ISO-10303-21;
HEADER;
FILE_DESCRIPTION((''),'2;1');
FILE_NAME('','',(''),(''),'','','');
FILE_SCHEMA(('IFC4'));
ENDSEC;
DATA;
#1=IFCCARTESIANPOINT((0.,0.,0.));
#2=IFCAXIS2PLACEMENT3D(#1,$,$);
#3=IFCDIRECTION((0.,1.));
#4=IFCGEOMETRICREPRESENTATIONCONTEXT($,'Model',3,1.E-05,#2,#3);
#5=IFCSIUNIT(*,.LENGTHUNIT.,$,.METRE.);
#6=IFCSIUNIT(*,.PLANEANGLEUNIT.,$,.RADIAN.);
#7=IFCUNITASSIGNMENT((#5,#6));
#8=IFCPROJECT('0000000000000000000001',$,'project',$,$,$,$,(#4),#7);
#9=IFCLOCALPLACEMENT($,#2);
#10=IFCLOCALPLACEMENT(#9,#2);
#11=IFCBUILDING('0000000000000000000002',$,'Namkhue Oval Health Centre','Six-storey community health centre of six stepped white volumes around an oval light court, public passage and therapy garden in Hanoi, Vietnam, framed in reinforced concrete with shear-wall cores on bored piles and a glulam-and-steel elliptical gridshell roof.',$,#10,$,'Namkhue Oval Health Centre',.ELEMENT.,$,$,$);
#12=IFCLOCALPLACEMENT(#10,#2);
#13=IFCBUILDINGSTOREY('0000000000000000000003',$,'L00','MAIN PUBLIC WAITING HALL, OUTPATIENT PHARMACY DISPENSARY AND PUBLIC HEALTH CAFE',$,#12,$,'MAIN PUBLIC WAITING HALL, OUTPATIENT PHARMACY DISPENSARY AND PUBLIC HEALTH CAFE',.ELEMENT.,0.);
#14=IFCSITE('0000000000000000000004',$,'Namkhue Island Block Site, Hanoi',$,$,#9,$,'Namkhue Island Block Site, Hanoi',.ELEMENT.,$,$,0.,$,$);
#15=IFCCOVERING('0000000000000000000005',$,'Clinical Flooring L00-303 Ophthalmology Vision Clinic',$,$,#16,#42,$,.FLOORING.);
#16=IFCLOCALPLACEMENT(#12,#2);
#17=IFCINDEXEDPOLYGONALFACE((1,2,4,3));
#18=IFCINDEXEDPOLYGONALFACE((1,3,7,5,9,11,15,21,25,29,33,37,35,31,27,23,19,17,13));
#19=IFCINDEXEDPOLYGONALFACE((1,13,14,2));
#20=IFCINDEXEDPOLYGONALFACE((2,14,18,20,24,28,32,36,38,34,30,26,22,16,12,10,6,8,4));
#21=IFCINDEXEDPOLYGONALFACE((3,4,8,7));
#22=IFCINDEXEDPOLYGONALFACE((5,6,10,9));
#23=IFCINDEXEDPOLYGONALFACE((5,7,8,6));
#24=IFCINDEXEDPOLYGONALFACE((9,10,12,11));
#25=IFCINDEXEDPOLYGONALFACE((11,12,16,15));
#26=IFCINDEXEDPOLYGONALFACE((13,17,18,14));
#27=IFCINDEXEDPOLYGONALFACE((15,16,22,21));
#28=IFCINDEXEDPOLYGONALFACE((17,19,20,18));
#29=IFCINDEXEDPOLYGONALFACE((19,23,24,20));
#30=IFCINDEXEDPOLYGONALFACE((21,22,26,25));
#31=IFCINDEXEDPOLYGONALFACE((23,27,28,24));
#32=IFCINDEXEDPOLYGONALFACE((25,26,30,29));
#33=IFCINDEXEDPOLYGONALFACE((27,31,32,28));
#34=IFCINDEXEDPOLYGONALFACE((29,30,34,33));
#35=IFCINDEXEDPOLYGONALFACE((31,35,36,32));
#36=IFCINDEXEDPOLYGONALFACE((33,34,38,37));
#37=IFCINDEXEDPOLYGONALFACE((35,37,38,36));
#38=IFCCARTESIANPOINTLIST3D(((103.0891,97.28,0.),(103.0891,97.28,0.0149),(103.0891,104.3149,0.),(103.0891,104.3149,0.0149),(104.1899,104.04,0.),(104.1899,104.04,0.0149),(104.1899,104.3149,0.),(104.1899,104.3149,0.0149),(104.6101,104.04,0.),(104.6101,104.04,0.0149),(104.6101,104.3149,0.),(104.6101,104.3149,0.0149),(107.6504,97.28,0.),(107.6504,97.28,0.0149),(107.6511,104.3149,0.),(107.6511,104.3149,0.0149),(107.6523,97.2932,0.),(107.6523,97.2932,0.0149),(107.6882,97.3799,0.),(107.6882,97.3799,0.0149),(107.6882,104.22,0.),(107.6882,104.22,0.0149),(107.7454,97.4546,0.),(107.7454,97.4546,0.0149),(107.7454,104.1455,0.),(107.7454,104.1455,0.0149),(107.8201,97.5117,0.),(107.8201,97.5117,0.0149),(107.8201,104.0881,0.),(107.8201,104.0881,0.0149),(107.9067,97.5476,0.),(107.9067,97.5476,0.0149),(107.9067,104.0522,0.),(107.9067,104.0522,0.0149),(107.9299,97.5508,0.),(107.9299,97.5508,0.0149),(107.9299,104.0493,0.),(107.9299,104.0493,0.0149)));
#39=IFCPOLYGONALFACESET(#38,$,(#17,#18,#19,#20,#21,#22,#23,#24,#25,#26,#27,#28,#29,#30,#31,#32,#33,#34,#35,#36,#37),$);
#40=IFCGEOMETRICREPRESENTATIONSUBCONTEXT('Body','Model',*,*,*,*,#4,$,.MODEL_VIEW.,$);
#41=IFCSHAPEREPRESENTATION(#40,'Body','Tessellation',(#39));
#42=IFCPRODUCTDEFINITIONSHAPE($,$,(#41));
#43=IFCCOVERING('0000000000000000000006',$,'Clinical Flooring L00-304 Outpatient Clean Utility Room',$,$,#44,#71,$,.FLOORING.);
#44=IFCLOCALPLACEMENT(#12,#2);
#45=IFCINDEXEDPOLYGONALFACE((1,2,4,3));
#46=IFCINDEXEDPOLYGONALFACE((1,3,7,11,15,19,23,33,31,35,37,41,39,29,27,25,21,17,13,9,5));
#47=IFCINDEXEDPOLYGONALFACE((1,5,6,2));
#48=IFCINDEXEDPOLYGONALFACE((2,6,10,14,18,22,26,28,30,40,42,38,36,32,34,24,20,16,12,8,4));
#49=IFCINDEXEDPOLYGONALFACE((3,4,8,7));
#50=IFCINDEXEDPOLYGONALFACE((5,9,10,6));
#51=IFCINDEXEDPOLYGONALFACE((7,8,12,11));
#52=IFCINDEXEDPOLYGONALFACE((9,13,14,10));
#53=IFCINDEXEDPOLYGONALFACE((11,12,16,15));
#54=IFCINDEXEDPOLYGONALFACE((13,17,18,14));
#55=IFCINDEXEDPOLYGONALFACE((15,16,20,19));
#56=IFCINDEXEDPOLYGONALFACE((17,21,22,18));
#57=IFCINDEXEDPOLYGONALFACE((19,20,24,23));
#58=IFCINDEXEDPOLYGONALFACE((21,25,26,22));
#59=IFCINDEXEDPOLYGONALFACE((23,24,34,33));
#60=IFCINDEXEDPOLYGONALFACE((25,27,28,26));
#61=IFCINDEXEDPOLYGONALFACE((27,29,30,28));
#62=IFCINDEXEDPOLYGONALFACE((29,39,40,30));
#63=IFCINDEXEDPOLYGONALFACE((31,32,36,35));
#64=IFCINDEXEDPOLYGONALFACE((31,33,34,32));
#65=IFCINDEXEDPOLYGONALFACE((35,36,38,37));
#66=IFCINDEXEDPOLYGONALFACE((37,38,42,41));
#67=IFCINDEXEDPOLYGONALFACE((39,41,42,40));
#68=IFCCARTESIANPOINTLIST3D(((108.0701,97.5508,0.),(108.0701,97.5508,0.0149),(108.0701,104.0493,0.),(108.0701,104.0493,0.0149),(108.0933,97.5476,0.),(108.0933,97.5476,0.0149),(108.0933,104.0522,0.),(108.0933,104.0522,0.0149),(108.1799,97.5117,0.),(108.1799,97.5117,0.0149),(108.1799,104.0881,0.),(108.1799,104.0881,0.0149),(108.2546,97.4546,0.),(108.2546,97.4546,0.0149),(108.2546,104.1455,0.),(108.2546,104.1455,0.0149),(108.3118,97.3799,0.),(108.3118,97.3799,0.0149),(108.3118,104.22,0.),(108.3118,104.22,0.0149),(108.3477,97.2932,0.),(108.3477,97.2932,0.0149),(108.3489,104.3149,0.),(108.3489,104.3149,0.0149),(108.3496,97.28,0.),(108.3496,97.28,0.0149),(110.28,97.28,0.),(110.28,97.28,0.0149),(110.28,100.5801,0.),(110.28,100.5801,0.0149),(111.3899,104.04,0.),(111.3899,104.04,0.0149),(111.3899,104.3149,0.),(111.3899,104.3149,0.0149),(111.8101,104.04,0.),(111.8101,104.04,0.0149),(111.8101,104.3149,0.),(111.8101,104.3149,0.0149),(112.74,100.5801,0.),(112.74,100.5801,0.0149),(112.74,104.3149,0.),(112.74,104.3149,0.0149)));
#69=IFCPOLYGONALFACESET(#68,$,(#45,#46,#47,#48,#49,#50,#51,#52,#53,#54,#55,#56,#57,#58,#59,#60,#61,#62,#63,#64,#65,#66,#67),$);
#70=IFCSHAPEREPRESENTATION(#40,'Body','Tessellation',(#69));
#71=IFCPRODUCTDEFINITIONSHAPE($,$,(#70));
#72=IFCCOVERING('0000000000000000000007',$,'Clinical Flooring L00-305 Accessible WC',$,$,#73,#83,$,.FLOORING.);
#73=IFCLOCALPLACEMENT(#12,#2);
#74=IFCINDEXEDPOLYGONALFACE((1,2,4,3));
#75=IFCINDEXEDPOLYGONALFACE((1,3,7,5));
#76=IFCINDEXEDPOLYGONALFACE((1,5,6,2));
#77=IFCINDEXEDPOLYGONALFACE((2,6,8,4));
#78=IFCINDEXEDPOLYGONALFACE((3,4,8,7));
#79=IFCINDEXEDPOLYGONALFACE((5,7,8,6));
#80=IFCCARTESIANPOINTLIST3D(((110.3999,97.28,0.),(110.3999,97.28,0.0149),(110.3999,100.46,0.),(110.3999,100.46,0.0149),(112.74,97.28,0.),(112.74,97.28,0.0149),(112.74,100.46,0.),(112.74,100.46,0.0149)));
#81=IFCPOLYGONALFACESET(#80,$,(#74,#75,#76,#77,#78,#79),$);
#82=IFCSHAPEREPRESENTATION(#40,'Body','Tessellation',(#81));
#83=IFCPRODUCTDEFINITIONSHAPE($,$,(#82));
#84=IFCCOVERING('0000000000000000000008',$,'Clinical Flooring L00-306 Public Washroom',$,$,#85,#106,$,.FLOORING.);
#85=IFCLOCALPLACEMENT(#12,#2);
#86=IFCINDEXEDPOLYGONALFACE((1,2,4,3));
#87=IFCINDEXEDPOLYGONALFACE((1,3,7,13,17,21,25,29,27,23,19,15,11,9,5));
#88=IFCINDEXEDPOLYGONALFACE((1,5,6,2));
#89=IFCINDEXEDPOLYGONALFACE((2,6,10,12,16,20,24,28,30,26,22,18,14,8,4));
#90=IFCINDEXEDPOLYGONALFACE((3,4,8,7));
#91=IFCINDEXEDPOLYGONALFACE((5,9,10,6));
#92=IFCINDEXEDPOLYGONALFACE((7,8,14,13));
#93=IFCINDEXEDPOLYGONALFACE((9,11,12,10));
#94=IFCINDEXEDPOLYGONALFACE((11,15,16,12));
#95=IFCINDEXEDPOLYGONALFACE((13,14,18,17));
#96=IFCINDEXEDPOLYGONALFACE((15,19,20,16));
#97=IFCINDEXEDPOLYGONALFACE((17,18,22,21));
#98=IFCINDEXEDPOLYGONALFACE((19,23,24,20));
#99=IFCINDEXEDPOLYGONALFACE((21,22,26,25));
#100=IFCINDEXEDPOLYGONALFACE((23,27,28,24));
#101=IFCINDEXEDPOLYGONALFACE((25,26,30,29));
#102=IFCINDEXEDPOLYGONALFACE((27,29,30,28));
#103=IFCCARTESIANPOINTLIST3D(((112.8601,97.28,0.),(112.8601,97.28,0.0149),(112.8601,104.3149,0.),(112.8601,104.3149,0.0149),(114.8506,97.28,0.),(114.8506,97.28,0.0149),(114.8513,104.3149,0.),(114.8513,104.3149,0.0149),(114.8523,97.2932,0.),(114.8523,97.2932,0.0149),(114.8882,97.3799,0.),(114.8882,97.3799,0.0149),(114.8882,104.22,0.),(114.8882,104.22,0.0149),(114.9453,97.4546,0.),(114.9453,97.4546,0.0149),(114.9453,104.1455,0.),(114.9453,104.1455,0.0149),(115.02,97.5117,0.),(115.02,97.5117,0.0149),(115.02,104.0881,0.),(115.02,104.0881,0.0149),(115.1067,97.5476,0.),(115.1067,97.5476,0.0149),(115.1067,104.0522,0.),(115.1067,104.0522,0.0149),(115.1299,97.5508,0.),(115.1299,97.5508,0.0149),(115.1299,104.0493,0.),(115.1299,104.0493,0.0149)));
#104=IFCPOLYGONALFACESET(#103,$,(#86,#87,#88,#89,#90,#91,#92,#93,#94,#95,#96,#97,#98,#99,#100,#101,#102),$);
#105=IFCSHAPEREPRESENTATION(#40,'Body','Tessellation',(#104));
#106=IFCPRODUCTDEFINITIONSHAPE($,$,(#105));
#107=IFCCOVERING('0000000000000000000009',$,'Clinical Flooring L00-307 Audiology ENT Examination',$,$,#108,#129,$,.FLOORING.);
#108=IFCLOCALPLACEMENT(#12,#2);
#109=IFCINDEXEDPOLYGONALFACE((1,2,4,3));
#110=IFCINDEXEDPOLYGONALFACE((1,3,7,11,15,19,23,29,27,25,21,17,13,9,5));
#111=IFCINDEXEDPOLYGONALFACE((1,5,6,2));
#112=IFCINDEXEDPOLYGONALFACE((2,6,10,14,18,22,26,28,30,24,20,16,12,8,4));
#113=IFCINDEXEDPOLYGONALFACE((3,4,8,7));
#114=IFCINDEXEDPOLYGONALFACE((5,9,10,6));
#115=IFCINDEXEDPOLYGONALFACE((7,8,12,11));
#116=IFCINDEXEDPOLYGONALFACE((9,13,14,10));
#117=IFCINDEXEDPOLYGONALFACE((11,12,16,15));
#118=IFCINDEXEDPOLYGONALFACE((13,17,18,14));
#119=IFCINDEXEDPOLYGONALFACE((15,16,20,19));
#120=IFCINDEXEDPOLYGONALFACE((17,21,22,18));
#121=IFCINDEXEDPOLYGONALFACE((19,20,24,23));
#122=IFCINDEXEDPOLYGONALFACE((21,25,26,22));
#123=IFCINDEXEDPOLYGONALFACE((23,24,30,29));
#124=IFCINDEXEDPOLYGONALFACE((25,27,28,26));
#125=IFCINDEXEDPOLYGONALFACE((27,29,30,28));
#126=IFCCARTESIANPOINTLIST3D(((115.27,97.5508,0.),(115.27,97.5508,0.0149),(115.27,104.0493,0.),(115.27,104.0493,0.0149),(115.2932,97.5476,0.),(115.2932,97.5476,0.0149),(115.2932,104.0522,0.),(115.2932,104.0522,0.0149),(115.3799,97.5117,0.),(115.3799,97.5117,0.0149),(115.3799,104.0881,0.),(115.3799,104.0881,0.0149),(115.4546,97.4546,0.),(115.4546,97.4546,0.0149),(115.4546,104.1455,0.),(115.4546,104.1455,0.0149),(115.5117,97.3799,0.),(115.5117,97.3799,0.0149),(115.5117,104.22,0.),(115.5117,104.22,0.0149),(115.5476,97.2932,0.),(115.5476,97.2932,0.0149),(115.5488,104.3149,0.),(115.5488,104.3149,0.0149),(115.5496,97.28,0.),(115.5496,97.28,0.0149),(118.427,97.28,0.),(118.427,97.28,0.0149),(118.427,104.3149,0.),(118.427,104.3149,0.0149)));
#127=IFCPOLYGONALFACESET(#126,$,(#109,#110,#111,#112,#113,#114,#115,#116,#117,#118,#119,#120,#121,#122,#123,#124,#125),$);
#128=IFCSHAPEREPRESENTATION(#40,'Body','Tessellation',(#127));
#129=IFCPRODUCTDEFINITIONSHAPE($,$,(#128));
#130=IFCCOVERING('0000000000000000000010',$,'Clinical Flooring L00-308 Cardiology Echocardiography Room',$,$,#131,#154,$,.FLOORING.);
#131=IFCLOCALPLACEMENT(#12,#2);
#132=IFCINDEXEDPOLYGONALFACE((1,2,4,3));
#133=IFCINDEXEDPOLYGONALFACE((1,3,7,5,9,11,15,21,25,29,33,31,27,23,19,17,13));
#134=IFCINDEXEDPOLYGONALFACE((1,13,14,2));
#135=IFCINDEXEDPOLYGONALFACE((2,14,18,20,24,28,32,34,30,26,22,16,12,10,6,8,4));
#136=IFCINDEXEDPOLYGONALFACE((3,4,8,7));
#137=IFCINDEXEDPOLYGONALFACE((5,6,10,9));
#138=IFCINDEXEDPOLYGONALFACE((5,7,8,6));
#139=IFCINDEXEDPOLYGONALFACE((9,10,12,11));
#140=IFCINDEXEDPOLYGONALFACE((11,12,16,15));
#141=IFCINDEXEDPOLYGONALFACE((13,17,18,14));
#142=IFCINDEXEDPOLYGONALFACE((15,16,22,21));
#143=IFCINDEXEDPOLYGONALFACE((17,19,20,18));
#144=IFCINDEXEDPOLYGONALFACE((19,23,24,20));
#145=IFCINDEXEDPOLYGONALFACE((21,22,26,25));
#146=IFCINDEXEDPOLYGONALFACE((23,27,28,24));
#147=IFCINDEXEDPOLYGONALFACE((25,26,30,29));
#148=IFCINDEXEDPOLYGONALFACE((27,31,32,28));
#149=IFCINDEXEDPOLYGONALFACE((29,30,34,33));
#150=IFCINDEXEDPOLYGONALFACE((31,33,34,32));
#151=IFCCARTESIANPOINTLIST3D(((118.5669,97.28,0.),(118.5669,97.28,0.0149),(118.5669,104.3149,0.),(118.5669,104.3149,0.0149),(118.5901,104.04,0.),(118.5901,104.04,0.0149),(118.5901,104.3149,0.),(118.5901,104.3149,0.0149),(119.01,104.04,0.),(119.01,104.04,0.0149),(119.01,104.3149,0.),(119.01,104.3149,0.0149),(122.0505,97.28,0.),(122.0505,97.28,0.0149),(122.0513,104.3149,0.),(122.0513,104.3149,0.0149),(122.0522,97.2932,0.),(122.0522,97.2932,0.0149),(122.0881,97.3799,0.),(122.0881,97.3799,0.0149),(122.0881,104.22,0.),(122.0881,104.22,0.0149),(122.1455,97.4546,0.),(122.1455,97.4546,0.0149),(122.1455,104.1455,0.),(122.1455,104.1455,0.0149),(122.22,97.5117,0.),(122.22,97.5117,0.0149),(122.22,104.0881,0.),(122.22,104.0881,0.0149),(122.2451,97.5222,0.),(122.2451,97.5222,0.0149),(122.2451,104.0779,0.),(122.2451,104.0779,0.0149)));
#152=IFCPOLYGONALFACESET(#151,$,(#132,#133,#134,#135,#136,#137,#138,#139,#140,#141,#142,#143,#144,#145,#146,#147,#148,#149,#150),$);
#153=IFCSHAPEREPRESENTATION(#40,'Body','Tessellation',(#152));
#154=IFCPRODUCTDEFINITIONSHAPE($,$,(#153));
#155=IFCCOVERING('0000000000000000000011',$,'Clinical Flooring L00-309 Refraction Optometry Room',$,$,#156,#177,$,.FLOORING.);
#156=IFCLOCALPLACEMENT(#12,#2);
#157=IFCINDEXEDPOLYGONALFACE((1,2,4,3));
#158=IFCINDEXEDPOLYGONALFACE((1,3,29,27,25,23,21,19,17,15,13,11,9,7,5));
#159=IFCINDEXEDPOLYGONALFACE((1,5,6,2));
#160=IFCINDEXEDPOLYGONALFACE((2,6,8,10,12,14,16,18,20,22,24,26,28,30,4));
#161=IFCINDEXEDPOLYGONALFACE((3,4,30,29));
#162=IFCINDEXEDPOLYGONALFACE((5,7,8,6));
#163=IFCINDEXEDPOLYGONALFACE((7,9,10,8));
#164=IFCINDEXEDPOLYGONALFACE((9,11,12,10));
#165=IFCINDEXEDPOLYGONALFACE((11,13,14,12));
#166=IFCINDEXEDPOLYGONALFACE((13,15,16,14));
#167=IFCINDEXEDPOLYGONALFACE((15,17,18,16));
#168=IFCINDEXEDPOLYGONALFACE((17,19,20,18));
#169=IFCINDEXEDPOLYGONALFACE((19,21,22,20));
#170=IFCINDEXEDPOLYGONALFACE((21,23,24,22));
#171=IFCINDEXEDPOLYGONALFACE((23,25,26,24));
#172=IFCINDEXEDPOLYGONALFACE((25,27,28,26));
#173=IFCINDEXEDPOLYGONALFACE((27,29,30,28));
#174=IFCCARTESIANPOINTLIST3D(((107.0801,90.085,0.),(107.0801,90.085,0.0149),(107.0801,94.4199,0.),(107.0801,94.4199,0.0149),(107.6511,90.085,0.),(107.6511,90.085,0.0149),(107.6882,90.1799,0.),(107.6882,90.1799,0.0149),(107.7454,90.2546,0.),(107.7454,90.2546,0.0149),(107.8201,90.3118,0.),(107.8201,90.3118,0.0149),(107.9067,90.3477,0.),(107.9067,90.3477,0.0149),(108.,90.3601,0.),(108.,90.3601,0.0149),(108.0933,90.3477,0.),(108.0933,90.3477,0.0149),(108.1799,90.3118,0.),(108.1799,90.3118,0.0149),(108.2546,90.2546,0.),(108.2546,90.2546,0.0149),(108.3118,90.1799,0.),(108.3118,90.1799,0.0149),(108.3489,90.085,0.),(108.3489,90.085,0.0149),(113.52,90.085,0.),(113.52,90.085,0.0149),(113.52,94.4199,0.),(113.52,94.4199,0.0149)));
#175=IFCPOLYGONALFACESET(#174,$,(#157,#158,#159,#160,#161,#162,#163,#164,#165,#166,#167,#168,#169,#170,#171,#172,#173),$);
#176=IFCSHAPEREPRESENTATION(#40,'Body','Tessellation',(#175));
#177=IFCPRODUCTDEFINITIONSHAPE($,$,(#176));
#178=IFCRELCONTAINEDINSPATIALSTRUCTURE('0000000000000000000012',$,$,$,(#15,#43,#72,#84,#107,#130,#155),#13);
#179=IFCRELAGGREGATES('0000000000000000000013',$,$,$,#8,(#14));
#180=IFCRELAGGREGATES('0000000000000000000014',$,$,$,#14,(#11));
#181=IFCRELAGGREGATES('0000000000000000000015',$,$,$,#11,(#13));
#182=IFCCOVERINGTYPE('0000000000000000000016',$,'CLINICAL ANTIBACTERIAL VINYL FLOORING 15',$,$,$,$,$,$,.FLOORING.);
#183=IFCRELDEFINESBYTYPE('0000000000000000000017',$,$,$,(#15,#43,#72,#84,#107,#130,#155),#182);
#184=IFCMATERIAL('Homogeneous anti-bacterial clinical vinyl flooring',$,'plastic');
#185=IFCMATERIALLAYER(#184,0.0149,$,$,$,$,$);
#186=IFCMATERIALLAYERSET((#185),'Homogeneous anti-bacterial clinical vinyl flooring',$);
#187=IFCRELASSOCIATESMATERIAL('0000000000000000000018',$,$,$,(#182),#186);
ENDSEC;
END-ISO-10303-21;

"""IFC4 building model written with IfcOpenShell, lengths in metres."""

from ifc_helpers import new_model, si_unit, direction, origin, place, context, subcontext, project, spatial, polyline, outline, extrude, material, layer, layer_set, type_object, element, save


model = new_model("IFC4")

# Units and contexts
model_context = context("Model", 3, precision=1e-05, world=origin(), true_north=direction((0.0, 1.0)))
body_context = subcontext(model_context, "Body", "Model", "MODEL_VIEW")
ifc_project = project(units=[si_unit("LENGTHUNIT", "METRE"), si_unit("PLANEANGLEUNIT", "RADIAN")], contexts=[model_context])

# Site, building, storey
site_placement = place(None, origin())
site = spatial("IfcSite", under=ifc_project, at=site_placement, Name="Namkhue Island Block Site, Hanoi", LongName="Namkhue Island Block Site, Hanoi", CompositionType="ELEMENT", RefElevation=0.0)
building_placement = place(site_placement, origin())
building = spatial("IfcBuilding", under=site, at=building_placement, Name="Namkhue Oval Health Centre", Description="Six-storey community health centre of six stepped white volumes around an oval light court, public passage and therapy garden in Hanoi, Vietnam, framed in reinforced concrete with shear-wall cores on bored piles and a glulam-and-steel elliptical gridshell roof.", LongName="Namkhue Oval Health Centre", CompositionType="ELEMENT")
storey_placement = place(building_placement, origin())
storey = spatial("IfcBuildingStorey", under=building, at=storey_placement, Name="L00", Description="MAIN PUBLIC WAITING HALL, OUTPATIENT PHARMACY DISPENSARY AND PUBLIC HEALTH CAFE", LongName="MAIN PUBLIC WAITING HALL, OUTPATIENT PHARMACY DISPENSARY AND PUBLIC HEALTH CAFE", CompositionType="ELEMENT", Elevation=0.0)

# Coverings
ifc_material_1 = material(Name="Homogeneous anti-bacterial clinical vinyl flooring", Category="plastic")
ifc_layer_1 = layer(ifc_material_1, 0.0149)
ifc_layer_set_1 = layer_set([ifc_layer_1], Name="Homogeneous anti-bacterial clinical vinyl flooring")
covering_type = type_object("IfcCoveringType", Name="CLINICAL ANTIBACTERIAL VINYL FLOORING 15", PredefinedType="FLOORING", material=ifc_layer_set_1)
covering_1_placement = place(storey_placement, origin())
element("IfcCovering", 1, at=covering_1_placement, inside=storey, type_object=covering_type, Name="Clinical Flooring L00-303 Ophthalmology Vision Clinic", PredefinedType="FLOORING", context=body_context, shape_type="SweptSolid", body=[
    extrude(outline(polyline([(103.0891, 97.28), (103.0891, 104.3149), (104.1899, 104.3149), (104.1899, 104.04), (104.6101, 104.04), (104.6101, 104.3149), (107.6511, 104.3149), (107.6882, 104.22), (107.7454, 104.1455), (107.8201, 104.0881), (107.9067, 104.0522), (107.9299, 104.0493), (107.9299, 97.5508), (107.9067, 97.5476), (107.8201, 97.5117), (107.7454, 97.4546), (107.6882, 97.3799), (107.6523, 97.2932), (107.6504, 97.28), (103.0891, 97.28)])), origin(), (0.0, 0.0, 1.0), 0.0149),
])
covering_2_placement = place(storey_placement, origin())
element("IfcCovering", 2, at=covering_2_placement, inside=storey, type_object=covering_type, Name="Clinical Flooring L00-304 Outpatient Clean Utility Room", PredefinedType="FLOORING", context=body_context, shape_type="SweptSolid", body=[
    extrude(outline(polyline([(111.3899, 104.3149), (111.3899, 104.04), (111.8101, 104.04), (111.8101, 104.3149), (112.74, 104.3149), (112.74, 100.5801), (110.28, 100.5801), (110.28, 97.28), (108.3496, 97.28), (108.3477, 97.2932), (108.3118, 97.3799), (108.2546, 97.4546), (108.1799, 97.5117), (108.0933, 97.5476), (108.0701, 97.5508), (108.0701, 104.0493), (108.0933, 104.0522), (108.1799, 104.0881), (108.2546, 104.1455), (108.3118, 104.22), (108.3489, 104.3149), (111.3899, 104.3149)])), origin(), (0.0, 0.0, 1.0), 0.0149),
])
covering_3_placement = place(storey_placement, origin())
element("IfcCovering", 3, at=covering_3_placement, inside=storey, type_object=covering_type, Name="Clinical Flooring L00-305 Accessible WC", PredefinedType="FLOORING", context=body_context, shape_type="SweptSolid", body=[
    extrude(outline(polyline([(112.74, 100.46), (112.74, 97.28), (110.3999, 97.28), (110.3999, 100.46), (112.74, 100.46)])), origin(), (0.0, 0.0, 1.0), 0.0149),
])
covering_4_placement = place(storey_placement, origin())
element("IfcCovering", 4, at=covering_4_placement, inside=storey, type_object=covering_type, Name="Clinical Flooring L00-306 Public Washroom", PredefinedType="FLOORING", context=body_context, shape_type="SweptSolid", body=[
    extrude(outline(polyline([(112.8601, 97.28), (112.8601, 104.3149), (114.8513, 104.3149), (114.8882, 104.22), (114.9453, 104.1455), (115.02, 104.0881), (115.1067, 104.0522), (115.1299, 104.0493), (115.1299, 97.5508), (115.1067, 97.5476), (115.02, 97.5117), (114.9453, 97.4546), (114.8882, 97.3799), (114.8523, 97.2932), (114.8506, 97.28), (112.8601, 97.28)])), origin(), (0.0, 0.0, 1.0), 0.0149),
])
covering_5_placement = place(storey_placement, origin())
element("IfcCovering", 5, at=covering_5_placement, inside=storey, type_object=covering_type, Name="Clinical Flooring L00-307 Audiology ENT Examination", PredefinedType="FLOORING", context=body_context, shape_type="SweptSolid", body=[
    extrude(outline(polyline([(115.5496, 97.28), (115.5476, 97.2932), (115.5117, 97.3799), (115.4546, 97.4546), (115.3799, 97.5117), (115.2932, 97.5476), (115.27, 97.5508), (115.27, 104.0493), (115.2932, 104.0522), (115.3799, 104.0881), (115.4546, 104.1455), (115.5117, 104.22), (115.5488, 104.3149), (118.427, 104.3149), (118.427, 97.28), (115.5496, 97.28)])), origin(), (0.0, 0.0, 1.0), 0.0149),
])
covering_6_placement = place(storey_placement, origin())
element("IfcCovering", 6, at=covering_6_placement, inside=storey, type_object=covering_type, Name="Clinical Flooring L00-308 Cardiology Echocardiography Room", PredefinedType="FLOORING", context=body_context, shape_type="SweptSolid", body=[
    extrude(outline(polyline([(118.5669, 97.28), (118.5669, 104.3149), (118.5901, 104.3149), (118.5901, 104.04), (119.01, 104.04), (119.01, 104.3149), (122.0513, 104.3149), (122.0881, 104.22), (122.1455, 104.1455), (122.22, 104.0881), (122.2451, 104.0779), (122.2451, 97.5222), (122.22, 97.5117), (122.1455, 97.4546), (122.0881, 97.3799), (122.0522, 97.2932), (122.0505, 97.28), (118.5669, 97.28)])), origin(), (0.0, 0.0, 1.0), 0.0149),
])
covering_7_placement = place(storey_placement, origin())
element("IfcCovering", 7, at=covering_7_placement, inside=storey, type_object=covering_type, Name="Clinical Flooring L00-309 Refraction Optometry Room", PredefinedType="FLOORING", context=body_context, shape_type="SweptSolid", body=[
    extrude(outline(polyline([(108.3489, 90.085), (108.3118, 90.1799), (108.2546, 90.2546), (108.1799, 90.3118), (108.0933, 90.3477), (108.0, 90.3601), (107.9067, 90.3477), (107.8201, 90.3118), (107.7454, 90.2546), (107.6882, 90.1799), (107.6511, 90.085), (107.0801, 90.085), (107.0801, 94.4199), (113.52, 94.4199), (113.52, 90.085), (108.3489, 90.085)])), origin(), (0.0, 0.0, 1.0), 0.0149),
])

save(model, "model.ifc")
